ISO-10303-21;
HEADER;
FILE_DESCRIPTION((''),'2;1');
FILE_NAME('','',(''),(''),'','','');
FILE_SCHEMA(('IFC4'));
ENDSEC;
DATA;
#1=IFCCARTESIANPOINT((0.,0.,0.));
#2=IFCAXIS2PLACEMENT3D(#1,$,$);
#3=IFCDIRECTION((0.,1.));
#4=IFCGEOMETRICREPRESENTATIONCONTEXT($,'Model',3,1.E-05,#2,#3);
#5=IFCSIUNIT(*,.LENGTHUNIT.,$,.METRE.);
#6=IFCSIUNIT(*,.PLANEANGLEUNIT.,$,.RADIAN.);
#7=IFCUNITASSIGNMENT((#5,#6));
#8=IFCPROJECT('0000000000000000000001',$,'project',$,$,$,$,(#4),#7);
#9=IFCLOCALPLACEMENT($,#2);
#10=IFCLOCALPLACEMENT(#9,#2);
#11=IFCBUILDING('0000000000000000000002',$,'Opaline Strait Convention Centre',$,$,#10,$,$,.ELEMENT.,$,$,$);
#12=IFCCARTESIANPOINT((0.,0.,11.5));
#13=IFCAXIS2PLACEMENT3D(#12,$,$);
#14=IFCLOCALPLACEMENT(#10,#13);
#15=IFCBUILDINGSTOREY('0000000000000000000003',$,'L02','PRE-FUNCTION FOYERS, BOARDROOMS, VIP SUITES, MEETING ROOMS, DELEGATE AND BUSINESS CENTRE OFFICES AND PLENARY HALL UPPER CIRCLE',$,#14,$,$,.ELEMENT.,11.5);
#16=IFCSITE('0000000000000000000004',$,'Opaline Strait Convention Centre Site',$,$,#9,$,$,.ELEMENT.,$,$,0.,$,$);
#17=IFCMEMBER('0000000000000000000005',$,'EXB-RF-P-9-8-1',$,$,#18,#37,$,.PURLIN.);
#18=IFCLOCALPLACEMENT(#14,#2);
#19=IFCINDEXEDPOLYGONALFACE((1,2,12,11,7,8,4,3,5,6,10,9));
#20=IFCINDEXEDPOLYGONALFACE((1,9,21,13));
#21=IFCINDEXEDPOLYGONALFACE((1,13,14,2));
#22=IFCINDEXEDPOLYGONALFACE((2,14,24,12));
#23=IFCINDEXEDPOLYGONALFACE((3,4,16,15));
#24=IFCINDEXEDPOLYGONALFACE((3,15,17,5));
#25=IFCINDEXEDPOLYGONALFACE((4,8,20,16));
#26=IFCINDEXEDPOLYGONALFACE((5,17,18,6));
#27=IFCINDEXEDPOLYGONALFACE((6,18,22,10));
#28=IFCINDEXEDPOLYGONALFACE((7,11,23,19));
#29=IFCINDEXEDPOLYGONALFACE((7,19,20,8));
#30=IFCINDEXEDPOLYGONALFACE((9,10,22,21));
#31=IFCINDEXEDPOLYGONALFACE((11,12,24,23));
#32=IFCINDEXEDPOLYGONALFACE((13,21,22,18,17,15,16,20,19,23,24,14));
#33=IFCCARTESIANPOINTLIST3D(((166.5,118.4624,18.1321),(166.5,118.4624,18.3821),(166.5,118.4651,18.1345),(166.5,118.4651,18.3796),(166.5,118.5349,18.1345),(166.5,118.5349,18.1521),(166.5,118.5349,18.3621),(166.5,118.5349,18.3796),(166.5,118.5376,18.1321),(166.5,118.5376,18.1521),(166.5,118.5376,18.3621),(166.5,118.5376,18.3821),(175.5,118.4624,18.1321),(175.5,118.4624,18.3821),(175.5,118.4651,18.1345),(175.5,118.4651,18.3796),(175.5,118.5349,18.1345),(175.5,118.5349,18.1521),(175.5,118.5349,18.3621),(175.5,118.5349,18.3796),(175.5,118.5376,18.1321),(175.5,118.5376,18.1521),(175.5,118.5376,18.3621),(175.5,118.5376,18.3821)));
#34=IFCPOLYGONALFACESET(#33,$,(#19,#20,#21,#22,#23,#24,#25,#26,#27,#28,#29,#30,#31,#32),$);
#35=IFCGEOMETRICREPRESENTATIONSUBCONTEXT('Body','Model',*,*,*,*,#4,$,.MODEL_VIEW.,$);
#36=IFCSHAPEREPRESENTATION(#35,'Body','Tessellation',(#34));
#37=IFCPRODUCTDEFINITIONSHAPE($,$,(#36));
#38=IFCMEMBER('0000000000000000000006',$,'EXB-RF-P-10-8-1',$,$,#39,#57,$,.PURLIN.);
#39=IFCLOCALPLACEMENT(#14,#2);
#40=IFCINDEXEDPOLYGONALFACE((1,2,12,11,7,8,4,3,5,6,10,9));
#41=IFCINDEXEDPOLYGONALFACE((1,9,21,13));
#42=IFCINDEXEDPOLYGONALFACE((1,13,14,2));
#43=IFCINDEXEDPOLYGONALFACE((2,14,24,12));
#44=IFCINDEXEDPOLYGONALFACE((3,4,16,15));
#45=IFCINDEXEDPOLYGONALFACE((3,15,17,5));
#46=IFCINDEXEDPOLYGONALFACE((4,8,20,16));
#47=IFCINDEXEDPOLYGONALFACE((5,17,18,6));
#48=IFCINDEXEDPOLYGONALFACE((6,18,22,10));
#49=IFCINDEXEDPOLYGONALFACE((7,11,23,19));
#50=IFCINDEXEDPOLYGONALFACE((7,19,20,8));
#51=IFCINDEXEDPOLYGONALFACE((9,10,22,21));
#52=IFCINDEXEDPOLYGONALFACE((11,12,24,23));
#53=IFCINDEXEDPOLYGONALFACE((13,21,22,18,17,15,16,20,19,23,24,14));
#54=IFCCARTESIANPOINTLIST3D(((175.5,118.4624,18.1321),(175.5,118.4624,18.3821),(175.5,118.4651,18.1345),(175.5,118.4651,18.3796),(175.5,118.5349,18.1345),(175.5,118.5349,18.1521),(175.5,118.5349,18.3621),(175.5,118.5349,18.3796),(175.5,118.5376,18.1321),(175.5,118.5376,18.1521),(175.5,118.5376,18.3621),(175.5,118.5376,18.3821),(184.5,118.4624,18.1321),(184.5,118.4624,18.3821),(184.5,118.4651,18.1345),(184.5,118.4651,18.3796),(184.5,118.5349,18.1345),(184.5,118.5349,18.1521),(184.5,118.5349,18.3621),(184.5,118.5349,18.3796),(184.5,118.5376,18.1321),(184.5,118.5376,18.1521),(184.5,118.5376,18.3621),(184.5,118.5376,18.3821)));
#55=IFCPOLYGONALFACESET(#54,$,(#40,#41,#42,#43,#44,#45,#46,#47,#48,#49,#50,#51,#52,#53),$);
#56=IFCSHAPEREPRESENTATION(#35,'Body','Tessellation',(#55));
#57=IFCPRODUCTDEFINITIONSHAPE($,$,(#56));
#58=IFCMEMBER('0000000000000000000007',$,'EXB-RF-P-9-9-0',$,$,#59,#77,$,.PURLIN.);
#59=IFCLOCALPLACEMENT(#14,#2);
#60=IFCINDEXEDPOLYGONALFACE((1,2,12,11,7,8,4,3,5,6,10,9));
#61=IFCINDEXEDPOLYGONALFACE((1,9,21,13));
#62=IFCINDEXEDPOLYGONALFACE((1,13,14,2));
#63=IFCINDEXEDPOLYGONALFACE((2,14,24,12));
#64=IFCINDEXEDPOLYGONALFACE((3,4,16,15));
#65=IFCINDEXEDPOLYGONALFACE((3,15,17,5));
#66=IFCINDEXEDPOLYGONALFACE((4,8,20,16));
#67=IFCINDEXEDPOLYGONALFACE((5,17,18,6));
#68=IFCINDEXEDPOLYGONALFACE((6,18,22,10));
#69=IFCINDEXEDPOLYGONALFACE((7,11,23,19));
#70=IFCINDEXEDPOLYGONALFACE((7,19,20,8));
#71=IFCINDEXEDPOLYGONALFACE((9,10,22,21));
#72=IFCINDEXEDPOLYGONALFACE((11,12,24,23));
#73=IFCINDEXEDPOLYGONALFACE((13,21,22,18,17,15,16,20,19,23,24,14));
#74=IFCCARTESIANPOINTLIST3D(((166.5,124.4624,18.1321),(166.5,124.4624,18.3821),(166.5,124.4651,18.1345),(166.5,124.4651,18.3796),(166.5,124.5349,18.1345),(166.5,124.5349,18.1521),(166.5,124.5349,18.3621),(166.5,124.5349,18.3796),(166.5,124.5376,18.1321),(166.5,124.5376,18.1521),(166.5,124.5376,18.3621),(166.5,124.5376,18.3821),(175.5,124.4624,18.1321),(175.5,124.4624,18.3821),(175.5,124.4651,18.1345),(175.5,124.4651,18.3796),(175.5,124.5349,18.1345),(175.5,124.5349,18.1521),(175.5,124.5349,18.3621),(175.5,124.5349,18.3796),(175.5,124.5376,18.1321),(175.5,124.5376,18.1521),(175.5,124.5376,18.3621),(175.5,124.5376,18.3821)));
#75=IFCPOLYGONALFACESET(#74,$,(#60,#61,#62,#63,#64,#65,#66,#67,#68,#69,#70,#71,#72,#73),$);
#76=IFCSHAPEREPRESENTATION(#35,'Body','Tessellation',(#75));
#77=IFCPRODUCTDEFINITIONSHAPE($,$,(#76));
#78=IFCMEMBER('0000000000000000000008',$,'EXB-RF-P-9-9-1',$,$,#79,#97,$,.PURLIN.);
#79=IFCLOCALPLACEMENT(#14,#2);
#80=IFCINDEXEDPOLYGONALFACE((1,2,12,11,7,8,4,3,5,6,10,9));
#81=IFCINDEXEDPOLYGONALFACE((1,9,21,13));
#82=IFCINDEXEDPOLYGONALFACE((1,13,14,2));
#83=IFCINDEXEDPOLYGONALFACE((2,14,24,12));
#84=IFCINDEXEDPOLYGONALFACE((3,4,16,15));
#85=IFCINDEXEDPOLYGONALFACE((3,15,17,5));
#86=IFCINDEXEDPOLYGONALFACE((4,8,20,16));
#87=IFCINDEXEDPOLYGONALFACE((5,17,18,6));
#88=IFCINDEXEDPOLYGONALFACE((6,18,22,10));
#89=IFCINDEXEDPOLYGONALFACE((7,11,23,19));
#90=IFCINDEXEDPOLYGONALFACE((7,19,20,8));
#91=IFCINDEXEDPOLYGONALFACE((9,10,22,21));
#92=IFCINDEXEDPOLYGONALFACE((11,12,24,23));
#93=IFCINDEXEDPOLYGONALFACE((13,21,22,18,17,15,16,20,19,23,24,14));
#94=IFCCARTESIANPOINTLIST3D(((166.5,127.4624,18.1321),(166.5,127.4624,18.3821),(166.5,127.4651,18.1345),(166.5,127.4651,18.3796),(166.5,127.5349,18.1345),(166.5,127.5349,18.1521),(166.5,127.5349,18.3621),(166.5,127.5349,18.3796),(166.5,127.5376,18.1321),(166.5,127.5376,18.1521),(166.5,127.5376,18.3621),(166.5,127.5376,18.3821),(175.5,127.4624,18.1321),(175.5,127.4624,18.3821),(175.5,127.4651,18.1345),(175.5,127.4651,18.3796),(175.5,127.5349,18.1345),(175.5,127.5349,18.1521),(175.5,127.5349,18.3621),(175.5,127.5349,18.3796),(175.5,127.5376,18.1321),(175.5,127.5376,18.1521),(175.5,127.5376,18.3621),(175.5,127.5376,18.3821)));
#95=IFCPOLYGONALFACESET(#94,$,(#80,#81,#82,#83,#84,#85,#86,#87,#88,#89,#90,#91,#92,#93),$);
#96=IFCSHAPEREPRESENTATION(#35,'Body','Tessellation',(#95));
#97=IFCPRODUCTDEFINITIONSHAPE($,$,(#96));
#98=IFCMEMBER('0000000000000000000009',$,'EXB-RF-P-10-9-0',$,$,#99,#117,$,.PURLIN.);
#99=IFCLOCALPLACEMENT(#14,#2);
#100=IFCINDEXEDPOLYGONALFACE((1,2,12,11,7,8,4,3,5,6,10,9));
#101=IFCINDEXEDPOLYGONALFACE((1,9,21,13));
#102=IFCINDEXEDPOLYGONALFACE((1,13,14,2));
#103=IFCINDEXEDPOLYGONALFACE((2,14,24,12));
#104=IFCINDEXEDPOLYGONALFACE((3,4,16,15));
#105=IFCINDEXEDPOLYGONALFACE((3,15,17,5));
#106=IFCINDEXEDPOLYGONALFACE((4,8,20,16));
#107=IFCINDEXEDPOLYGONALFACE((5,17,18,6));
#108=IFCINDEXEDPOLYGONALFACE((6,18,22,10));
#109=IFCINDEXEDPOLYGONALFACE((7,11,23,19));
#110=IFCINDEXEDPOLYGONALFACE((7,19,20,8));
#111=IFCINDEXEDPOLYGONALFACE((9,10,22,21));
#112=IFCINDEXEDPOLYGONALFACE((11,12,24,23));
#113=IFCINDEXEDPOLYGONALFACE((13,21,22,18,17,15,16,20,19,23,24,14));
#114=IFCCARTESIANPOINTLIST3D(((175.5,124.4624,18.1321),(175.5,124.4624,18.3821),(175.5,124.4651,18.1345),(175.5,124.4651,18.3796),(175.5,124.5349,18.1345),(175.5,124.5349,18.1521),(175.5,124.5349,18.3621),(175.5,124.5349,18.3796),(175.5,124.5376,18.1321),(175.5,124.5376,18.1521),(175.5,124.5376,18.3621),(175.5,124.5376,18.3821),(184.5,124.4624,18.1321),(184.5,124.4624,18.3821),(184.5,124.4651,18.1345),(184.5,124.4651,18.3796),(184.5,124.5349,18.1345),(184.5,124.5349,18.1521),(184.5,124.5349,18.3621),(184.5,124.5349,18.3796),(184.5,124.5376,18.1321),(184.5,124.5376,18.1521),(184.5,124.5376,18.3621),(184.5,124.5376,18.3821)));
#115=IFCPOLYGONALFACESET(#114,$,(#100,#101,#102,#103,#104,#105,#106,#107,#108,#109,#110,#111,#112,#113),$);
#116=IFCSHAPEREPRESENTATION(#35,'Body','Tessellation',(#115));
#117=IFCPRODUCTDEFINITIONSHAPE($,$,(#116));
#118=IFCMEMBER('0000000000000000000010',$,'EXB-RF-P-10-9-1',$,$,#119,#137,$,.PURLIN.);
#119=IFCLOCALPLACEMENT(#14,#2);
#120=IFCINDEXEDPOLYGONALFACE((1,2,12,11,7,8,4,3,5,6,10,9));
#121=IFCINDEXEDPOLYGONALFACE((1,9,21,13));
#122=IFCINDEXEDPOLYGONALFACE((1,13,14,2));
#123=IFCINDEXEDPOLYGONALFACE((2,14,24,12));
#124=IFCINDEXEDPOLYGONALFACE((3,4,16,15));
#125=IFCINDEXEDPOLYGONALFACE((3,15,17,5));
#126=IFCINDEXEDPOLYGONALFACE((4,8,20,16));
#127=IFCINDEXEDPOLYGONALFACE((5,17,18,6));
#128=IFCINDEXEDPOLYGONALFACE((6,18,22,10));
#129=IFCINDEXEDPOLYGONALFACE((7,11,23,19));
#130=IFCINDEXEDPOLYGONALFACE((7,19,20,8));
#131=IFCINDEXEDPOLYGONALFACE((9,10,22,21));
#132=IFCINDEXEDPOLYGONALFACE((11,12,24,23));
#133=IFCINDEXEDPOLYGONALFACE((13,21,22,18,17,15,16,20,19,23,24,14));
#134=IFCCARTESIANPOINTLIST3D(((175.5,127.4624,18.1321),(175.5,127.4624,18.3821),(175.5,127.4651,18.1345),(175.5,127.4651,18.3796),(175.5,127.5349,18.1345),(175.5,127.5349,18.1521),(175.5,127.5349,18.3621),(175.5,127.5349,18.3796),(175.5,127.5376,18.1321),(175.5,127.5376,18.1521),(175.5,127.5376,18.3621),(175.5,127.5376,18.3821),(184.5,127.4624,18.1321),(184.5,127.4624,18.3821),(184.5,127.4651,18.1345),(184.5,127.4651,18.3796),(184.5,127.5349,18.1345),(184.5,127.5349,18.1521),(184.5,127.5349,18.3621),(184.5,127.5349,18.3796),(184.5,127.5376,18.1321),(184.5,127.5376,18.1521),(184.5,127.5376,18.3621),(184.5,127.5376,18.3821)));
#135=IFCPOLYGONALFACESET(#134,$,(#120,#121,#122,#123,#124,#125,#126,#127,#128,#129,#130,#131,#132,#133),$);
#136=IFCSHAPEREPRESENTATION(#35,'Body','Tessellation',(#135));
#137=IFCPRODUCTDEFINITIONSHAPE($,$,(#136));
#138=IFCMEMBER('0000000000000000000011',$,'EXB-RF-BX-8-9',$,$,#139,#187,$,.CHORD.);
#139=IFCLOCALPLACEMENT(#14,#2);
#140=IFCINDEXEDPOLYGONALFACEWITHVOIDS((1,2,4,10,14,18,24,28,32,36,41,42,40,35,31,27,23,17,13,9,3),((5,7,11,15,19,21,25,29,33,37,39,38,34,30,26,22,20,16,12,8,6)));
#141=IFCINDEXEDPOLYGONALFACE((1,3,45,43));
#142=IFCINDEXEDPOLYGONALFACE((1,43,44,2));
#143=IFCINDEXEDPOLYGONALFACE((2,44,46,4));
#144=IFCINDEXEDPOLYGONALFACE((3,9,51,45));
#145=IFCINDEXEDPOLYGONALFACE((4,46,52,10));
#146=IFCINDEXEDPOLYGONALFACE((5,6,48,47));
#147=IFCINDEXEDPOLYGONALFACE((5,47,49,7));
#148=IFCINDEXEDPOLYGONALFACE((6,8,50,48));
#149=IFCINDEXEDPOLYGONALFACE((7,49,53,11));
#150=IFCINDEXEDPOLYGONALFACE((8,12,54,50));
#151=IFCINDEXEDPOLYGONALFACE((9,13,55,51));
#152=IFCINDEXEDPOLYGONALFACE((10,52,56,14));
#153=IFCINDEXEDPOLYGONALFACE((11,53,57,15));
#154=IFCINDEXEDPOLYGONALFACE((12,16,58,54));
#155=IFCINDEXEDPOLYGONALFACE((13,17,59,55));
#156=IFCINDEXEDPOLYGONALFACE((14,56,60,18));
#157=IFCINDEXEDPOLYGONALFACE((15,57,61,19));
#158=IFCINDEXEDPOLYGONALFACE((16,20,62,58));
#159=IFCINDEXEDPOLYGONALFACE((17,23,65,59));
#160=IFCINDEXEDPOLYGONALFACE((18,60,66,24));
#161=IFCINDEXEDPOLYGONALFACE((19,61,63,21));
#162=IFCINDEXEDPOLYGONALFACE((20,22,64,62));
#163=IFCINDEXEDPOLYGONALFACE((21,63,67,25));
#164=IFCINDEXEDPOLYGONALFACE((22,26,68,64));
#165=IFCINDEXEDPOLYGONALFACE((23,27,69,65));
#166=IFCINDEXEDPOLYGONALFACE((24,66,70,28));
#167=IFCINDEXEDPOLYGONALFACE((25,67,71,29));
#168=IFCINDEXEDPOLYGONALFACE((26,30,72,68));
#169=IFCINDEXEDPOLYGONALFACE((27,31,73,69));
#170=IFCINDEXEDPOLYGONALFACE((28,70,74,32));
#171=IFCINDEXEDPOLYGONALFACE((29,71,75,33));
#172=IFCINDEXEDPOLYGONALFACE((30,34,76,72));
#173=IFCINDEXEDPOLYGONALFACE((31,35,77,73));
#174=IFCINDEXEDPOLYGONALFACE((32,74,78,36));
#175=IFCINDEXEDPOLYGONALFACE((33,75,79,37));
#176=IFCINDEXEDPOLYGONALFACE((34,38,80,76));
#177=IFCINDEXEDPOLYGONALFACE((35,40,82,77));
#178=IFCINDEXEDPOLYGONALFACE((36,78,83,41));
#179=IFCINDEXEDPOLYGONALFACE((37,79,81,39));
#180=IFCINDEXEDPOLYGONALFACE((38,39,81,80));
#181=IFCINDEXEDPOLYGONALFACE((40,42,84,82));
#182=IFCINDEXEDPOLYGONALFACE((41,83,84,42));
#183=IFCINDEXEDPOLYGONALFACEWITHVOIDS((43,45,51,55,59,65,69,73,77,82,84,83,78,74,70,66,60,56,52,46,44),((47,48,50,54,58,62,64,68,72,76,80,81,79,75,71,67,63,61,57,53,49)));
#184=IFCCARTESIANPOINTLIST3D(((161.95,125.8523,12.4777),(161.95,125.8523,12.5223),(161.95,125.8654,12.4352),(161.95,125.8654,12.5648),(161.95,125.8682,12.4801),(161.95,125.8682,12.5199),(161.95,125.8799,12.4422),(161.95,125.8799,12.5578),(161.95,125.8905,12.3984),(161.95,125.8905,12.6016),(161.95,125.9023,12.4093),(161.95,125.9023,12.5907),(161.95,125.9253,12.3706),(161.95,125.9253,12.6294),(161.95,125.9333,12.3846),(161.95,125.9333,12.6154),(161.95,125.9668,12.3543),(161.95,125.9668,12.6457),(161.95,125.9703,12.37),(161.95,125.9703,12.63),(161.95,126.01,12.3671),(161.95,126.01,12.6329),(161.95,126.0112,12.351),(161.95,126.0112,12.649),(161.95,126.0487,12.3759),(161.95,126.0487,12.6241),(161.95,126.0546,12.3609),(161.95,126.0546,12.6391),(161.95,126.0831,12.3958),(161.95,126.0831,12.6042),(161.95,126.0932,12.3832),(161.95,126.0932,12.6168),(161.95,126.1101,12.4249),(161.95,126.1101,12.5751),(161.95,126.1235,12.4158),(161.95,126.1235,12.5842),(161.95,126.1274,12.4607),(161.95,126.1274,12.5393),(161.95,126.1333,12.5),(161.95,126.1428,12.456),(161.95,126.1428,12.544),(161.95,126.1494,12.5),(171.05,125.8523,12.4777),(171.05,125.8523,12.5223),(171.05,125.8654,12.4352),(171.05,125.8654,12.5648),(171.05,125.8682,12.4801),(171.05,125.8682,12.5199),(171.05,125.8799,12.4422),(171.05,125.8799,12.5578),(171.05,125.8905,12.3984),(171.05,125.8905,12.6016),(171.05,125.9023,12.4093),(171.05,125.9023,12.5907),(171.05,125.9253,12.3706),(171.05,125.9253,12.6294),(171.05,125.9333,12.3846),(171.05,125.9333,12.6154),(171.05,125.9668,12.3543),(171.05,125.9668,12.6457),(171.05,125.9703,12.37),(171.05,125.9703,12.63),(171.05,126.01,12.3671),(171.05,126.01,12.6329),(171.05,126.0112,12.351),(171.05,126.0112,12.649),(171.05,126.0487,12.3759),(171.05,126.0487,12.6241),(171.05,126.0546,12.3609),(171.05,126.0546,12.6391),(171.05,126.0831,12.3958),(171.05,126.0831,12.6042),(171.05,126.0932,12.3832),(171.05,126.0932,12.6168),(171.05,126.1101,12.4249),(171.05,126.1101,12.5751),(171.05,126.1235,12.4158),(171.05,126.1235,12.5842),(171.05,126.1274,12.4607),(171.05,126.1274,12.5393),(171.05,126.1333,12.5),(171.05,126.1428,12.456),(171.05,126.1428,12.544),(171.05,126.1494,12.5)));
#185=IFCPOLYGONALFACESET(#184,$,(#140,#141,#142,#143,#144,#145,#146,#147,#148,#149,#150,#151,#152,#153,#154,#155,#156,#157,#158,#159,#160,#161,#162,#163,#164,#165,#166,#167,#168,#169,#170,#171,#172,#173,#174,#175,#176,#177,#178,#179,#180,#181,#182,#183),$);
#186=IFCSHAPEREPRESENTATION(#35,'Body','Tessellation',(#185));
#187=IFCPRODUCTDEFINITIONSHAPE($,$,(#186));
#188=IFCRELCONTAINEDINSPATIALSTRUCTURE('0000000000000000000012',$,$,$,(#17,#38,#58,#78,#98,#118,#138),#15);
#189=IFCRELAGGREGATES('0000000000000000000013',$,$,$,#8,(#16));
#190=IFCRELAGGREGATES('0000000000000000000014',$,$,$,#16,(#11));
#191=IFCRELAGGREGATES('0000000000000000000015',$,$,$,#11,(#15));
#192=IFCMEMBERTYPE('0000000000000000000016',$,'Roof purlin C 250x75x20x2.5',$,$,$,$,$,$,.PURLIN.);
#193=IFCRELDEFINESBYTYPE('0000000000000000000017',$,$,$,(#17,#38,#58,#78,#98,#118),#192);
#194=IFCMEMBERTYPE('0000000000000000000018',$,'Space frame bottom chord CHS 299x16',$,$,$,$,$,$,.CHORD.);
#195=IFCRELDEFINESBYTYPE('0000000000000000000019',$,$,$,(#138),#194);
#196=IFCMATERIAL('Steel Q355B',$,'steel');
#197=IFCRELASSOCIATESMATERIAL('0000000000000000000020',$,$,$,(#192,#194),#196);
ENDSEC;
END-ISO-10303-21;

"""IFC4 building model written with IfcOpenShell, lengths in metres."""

from ifc_helpers import new_model, si_unit, direction, frame, origin, origin_2d, place, context, subcontext, project, spatial, polyline, hollow_circle, outline, extrude, material, material_profile, profile_set, type_object, element, save


model = new_model("IFC4")

# Units and contexts
model_context = context("Model", 3, precision=1e-05, world=origin(), true_north=direction((0.0, 1.0)))
body_context = subcontext(model_context, "Body", "Model", "MODEL_VIEW")
ifc_project = project(units=[si_unit("LENGTHUNIT", "METRE"), si_unit("PLANEANGLEUNIT", "RADIAN")], contexts=[model_context])

# Site, building, storey
site_placement = place(None, origin())
site = spatial("IfcSite", under=ifc_project, at=site_placement, Name="Opaline Strait Convention Centre Site", CompositionType="ELEMENT", RefElevation=0.0)
building_placement = place(site_placement, origin())
building = spatial("IfcBuilding", under=site, at=building_placement, Name="Opaline Strait Convention Centre", CompositionType="ELEMENT")
storey_placement = place(building_placement, frame((0.0, 0.0, 11.5)))
storey = spatial("IfcBuildingStorey", under=building, at=storey_placement, Name="L02", Description="PRE-FUNCTION FOYERS, BOARDROOMS, VIP SUITES, MEETING ROOMS, DELEGATE AND BUSINESS CENTRE OFFICES AND PLENARY HALL UPPER CIRCLE", CompositionType="ELEMENT", Elevation=11.5)

# Members
ifc_material = material(Name="Steel Q355B", Category="steel")
ifc_material_profile_1 = material_profile(ifc_material, outline(polyline([(-0.0376, -0.125), (0.0376, -0.125), (0.0376, -0.105), (0.0349, -0.105), (0.0349, -0.1226), (-0.0349, -0.1226), (-0.0349, 0.1226), (0.0349, 0.1226), (0.0349, 0.105), (0.0376, 0.105), (0.0376, 0.125), (-0.0376, 0.125), (-0.0376, -0.125)])), Name="C 250x75x20x2.5")
ifc_profile_set_1 = profile_set([ifc_material_profile_1], Name="Steel Q355B")
member_type_1 = type_object("IfcMemberType", Name="Roof purlin C 250x75x20x2.5", PredefinedType="PURLIN", material=ifc_profile_set_1)
for number, where, z_axis, x_axis, name in (
    (1, (166.5, 118.5, 18.2571), (1.0, 0.0, 0.0), (0.0, 1.0, 0.0), "EXB-RF-P-9-8-1"),
    (2, (175.5, 118.5, 18.2571), (1.0, 0.0, 0.0), (0.0, 1.0, 0.0), "EXB-RF-P-10-8-1"),
    (3, (166.5, 124.5, 18.2571), (1.0, 0.0, 0.0), (0.0, 1.0, 0.0), "EXB-RF-P-9-9-0"),
    (4, (166.5, 127.5, 18.2571), (1.0, 0.0, 0.0), (0.0, 1.0, 0.0), "EXB-RF-P-9-9-1"),
    (5, (175.5, 124.5, 18.2571), (1.0, 0.0, 0.0), (0.0, 1.0, 0.0), "EXB-RF-P-10-9-0"),
    (6, (175.5, 127.5, 18.2571), (1.0, 0.0, 0.0), (0.0, 1.0, 0.0), "EXB-RF-P-10-9-1"),
):
    element("IfcMember", number, at=place(storey_placement, frame(where, z_axis=z_axis, x_axis=x_axis)), inside=storey, type_object=member_type_1, Name=name, PredefinedType="PURLIN", context=body_context, shape_type="SweptSolid", body=[
        extrude(outline(polyline([(-0.0376, -0.125), (0.0376, -0.125), (0.0376, -0.105), (0.0349, -0.105), (0.0349, -0.1226), (-0.0349, -0.1226), (-0.0349, 0.1226), (0.0349, 0.1226), (0.0349, 0.105), (0.0376, 0.105), (0.0376, 0.125), (-0.0376, 0.125), (-0.0376, -0.125)])), origin(), (0.0, 0.0, 1.0), 9.0),
    ])
ifc_material_profile_2 = material_profile(ifc_material, hollow_circle(Radius=0.1494, WallThickness=0.0161, at=origin_2d()), Name="CHS 299x16")
ifc_profile_set_2 = profile_set([ifc_material_profile_2], Name="Steel Q355B")
member_type_2 = type_object("IfcMemberType", Name="Space frame bottom chord CHS 299x16", PredefinedType="CHORD", material=ifc_profile_set_2)
for number, where, z_axis, x_axis, name in (
    (7, (161.95, 126.0, 12.5), (1.0, 0.0, 0.0), (0.0, 1.0, 0.0), "EXB-RF-BX-8-9"),
):
    element("IfcMember", number, at=place(storey_placement, frame(where, z_axis=z_axis, x_axis=x_axis)), inside=storey, type_object=member_type_2, Name=name, PredefinedType="CHORD", context=body_context, shape_type="SweptSolid", body=[
        extrude(hollow_circle(Radius=0.1494, WallThickness=0.0161, at=origin_2d()), origin(), (0.0, 0.0, 1.0), 9.1001),
    ])

save(model, "model.ifc")
